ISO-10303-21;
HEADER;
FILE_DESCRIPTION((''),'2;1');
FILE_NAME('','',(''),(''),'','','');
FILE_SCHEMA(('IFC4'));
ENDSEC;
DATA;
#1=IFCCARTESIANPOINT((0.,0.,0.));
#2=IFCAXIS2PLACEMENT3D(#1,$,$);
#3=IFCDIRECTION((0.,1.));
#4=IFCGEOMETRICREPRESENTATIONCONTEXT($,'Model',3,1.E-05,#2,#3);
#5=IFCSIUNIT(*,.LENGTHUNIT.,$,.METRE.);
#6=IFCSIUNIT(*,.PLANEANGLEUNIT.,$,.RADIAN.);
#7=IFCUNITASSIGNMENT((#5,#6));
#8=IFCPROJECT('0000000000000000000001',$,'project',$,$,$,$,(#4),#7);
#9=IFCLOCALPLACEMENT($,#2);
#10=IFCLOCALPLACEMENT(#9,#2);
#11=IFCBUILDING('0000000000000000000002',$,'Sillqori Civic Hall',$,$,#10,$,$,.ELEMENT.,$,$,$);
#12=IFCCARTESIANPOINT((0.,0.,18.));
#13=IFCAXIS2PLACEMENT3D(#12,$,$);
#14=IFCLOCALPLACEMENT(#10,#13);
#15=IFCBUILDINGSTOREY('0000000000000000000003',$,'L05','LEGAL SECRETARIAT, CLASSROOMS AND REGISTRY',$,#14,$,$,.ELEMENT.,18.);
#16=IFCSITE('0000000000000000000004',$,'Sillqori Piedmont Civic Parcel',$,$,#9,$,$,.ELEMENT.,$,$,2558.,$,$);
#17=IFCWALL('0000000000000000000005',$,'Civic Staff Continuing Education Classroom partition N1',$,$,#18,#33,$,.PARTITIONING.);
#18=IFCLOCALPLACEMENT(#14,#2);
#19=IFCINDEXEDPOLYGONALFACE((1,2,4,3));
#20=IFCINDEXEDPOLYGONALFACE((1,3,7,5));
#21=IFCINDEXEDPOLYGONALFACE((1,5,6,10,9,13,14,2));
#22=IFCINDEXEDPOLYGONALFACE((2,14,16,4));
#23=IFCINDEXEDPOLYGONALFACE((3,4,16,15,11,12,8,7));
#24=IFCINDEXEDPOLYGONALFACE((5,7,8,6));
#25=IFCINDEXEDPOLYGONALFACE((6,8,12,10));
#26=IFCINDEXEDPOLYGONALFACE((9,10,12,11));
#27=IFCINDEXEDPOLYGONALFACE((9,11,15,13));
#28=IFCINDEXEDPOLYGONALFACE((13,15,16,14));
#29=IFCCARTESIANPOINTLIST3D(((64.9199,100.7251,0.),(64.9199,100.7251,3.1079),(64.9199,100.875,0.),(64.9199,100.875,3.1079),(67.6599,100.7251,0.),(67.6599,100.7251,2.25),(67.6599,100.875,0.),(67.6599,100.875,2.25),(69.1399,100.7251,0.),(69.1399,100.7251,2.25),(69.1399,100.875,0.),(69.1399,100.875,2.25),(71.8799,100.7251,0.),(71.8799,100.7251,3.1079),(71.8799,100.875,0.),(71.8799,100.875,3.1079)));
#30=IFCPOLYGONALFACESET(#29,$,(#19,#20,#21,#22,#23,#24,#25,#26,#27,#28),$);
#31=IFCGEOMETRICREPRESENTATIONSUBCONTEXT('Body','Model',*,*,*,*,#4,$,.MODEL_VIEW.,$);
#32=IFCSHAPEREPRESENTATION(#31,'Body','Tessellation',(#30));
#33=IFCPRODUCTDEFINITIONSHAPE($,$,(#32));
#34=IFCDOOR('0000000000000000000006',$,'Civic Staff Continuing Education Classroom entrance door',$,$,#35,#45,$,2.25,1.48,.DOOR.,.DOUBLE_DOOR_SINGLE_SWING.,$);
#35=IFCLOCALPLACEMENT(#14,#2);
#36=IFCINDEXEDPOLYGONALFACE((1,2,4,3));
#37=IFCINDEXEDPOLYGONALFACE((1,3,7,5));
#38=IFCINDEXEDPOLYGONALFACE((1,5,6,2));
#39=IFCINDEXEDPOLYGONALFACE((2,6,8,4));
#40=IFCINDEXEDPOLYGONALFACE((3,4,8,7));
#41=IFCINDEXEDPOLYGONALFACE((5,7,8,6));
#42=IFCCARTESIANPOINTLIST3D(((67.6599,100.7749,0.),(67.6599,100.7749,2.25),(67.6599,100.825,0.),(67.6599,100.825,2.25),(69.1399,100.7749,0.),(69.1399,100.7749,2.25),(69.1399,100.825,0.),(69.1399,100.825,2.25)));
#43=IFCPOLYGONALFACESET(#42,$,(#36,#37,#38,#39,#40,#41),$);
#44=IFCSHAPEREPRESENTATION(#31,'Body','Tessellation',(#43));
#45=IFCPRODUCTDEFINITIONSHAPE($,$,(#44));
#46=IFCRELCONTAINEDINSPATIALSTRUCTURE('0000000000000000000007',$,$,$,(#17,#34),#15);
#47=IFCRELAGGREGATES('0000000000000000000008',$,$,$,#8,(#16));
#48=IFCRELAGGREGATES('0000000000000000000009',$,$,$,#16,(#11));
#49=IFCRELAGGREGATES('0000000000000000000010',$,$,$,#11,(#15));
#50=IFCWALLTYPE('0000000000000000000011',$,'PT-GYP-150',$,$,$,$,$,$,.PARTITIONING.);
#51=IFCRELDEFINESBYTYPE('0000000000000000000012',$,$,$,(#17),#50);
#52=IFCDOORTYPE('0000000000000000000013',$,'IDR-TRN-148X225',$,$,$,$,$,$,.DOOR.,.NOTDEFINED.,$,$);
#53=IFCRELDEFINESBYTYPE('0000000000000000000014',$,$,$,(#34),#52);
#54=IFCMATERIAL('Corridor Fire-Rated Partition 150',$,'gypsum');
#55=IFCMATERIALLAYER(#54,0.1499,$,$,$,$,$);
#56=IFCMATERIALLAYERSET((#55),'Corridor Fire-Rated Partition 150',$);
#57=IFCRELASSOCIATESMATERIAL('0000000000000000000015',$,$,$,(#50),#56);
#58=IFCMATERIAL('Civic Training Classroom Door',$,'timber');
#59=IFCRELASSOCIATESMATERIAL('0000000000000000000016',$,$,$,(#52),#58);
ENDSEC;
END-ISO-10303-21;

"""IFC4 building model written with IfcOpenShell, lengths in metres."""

from ifc_helpers import new_model, si_unit, direction, frame, frame_2d, origin, place, context, subcontext, project, spatial, rectangle, extrude, material, layer, layer_set, type_object, element, fill, save


model = new_model("IFC4")

# Units and contexts
model_context = context("Model", 3, precision=1e-05, world=origin(), true_north=direction((0.0, 1.0)))
body_context = subcontext(model_context, "Body", "Model", "MODEL_VIEW")
ifc_project = project(units=[si_unit("LENGTHUNIT", "METRE"), si_unit("PLANEANGLEUNIT", "RADIAN")], contexts=[model_context])

# Site, building, storey
site_placement = place(None, origin())
site = spatial("IfcSite", under=ifc_project, at=site_placement, Name="Sillqori Piedmont Civic Parcel", CompositionType="ELEMENT", RefElevation=2558.0)
building_placement = place(site_placement, origin())
building = spatial("IfcBuilding", under=site, at=building_placement, Name="Sillqori Civic Hall", CompositionType="ELEMENT")
storey_placement = place(building_placement, frame((0.0, 0.0, 18.0)))
storey = spatial("IfcBuildingStorey", under=building, at=storey_placement, Name="L05", Description="LEGAL SECRETARIAT, CLASSROOMS AND REGISTRY", CompositionType="ELEMENT", Elevation=18.0)

# Wall, opening, door
ifc_material_1 = material(Name="Corridor Fire-Rated Partition 150", Category="gypsum")
ifc_layer_1 = layer(ifc_material_1, 0.1499)
ifc_layer_set_1 = layer_set([ifc_layer_1], Name="Corridor Fire-Rated Partition 150")
wall_type_1 = type_object("IfcWallType", Name="PT-GYP-150", PredefinedType="PARTITIONING", material=ifc_layer_set_1)
wall_1_placement = place(storey_placement, frame((64.9199, 100.8, 0.0), z_axis=(0.0, 0.0, 1.0), x_axis=(1.0, 0.0, 0.0)))
wall_1 = element("IfcWall", 1, at=wall_1_placement, inside=storey, type_object=wall_type_1, Name="Civic Staff Continuing Education Classroom partition N1", PredefinedType="PARTITIONING", context=body_context, shape_type="SweptSolid", body=[
    extrude(rectangle(XDim=6.96, YDim=0.1499, at=frame_2d((3.48, 0.0))), origin(), (0.0, 0.0, 1.0), 3.1079),
])
opening_placement = place(wall_1_placement, frame((2.74, 0.0, 0.0)))
opening = element("IfcOpeningElement", 2, at=opening_placement, cuts=wall_1, PredefinedType="OPENING", context=body_context, shape_type="SweptSolid", body=[
    extrude(rectangle(XDim=1.48, YDim=2.25, at=frame_2d((0.74, 1.125))), frame((0.0, 0.085, 0.0), z_axis=(0.0, -1.0, 0.0), x_axis=(1.0, 0.0, 0.0)), (0.0, 0.0, 1.0), 0.1699),
])
ifc_material_2 = material(Name="Civic Training Classroom Door", Category="timber")
door_type = type_object("IfcDoorType", Name="IDR-TRN-148X225", OperationType="NOTDEFINED", PredefinedType="DOOR", material=ifc_material_2)
door_placement = place(opening_placement, origin())
door = element("IfcDoor", 3, at=door_placement, inside=storey, type_object=door_type, Name="Civic Staff Continuing Education Classroom entrance door", OperationType="DOUBLE_DOOR_SINGLE_SWING", OverallHeight=2.25, OverallWidth=1.48, PredefinedType="DOOR", context=body_context, shape_type="SweptSolid", body=[
    extrude(rectangle(XDim=1.48, YDim=2.25, at=frame_2d((0.74, 1.125))), frame((0.0, 0.0249, 0.0), z_axis=(0.0, -1.0, 0.0), x_axis=(1.0, 0.0, 0.0)), (0.0, 0.0, 1.0), 0.05),
])
fill(opening, door)

save(model, "model.ifc")
